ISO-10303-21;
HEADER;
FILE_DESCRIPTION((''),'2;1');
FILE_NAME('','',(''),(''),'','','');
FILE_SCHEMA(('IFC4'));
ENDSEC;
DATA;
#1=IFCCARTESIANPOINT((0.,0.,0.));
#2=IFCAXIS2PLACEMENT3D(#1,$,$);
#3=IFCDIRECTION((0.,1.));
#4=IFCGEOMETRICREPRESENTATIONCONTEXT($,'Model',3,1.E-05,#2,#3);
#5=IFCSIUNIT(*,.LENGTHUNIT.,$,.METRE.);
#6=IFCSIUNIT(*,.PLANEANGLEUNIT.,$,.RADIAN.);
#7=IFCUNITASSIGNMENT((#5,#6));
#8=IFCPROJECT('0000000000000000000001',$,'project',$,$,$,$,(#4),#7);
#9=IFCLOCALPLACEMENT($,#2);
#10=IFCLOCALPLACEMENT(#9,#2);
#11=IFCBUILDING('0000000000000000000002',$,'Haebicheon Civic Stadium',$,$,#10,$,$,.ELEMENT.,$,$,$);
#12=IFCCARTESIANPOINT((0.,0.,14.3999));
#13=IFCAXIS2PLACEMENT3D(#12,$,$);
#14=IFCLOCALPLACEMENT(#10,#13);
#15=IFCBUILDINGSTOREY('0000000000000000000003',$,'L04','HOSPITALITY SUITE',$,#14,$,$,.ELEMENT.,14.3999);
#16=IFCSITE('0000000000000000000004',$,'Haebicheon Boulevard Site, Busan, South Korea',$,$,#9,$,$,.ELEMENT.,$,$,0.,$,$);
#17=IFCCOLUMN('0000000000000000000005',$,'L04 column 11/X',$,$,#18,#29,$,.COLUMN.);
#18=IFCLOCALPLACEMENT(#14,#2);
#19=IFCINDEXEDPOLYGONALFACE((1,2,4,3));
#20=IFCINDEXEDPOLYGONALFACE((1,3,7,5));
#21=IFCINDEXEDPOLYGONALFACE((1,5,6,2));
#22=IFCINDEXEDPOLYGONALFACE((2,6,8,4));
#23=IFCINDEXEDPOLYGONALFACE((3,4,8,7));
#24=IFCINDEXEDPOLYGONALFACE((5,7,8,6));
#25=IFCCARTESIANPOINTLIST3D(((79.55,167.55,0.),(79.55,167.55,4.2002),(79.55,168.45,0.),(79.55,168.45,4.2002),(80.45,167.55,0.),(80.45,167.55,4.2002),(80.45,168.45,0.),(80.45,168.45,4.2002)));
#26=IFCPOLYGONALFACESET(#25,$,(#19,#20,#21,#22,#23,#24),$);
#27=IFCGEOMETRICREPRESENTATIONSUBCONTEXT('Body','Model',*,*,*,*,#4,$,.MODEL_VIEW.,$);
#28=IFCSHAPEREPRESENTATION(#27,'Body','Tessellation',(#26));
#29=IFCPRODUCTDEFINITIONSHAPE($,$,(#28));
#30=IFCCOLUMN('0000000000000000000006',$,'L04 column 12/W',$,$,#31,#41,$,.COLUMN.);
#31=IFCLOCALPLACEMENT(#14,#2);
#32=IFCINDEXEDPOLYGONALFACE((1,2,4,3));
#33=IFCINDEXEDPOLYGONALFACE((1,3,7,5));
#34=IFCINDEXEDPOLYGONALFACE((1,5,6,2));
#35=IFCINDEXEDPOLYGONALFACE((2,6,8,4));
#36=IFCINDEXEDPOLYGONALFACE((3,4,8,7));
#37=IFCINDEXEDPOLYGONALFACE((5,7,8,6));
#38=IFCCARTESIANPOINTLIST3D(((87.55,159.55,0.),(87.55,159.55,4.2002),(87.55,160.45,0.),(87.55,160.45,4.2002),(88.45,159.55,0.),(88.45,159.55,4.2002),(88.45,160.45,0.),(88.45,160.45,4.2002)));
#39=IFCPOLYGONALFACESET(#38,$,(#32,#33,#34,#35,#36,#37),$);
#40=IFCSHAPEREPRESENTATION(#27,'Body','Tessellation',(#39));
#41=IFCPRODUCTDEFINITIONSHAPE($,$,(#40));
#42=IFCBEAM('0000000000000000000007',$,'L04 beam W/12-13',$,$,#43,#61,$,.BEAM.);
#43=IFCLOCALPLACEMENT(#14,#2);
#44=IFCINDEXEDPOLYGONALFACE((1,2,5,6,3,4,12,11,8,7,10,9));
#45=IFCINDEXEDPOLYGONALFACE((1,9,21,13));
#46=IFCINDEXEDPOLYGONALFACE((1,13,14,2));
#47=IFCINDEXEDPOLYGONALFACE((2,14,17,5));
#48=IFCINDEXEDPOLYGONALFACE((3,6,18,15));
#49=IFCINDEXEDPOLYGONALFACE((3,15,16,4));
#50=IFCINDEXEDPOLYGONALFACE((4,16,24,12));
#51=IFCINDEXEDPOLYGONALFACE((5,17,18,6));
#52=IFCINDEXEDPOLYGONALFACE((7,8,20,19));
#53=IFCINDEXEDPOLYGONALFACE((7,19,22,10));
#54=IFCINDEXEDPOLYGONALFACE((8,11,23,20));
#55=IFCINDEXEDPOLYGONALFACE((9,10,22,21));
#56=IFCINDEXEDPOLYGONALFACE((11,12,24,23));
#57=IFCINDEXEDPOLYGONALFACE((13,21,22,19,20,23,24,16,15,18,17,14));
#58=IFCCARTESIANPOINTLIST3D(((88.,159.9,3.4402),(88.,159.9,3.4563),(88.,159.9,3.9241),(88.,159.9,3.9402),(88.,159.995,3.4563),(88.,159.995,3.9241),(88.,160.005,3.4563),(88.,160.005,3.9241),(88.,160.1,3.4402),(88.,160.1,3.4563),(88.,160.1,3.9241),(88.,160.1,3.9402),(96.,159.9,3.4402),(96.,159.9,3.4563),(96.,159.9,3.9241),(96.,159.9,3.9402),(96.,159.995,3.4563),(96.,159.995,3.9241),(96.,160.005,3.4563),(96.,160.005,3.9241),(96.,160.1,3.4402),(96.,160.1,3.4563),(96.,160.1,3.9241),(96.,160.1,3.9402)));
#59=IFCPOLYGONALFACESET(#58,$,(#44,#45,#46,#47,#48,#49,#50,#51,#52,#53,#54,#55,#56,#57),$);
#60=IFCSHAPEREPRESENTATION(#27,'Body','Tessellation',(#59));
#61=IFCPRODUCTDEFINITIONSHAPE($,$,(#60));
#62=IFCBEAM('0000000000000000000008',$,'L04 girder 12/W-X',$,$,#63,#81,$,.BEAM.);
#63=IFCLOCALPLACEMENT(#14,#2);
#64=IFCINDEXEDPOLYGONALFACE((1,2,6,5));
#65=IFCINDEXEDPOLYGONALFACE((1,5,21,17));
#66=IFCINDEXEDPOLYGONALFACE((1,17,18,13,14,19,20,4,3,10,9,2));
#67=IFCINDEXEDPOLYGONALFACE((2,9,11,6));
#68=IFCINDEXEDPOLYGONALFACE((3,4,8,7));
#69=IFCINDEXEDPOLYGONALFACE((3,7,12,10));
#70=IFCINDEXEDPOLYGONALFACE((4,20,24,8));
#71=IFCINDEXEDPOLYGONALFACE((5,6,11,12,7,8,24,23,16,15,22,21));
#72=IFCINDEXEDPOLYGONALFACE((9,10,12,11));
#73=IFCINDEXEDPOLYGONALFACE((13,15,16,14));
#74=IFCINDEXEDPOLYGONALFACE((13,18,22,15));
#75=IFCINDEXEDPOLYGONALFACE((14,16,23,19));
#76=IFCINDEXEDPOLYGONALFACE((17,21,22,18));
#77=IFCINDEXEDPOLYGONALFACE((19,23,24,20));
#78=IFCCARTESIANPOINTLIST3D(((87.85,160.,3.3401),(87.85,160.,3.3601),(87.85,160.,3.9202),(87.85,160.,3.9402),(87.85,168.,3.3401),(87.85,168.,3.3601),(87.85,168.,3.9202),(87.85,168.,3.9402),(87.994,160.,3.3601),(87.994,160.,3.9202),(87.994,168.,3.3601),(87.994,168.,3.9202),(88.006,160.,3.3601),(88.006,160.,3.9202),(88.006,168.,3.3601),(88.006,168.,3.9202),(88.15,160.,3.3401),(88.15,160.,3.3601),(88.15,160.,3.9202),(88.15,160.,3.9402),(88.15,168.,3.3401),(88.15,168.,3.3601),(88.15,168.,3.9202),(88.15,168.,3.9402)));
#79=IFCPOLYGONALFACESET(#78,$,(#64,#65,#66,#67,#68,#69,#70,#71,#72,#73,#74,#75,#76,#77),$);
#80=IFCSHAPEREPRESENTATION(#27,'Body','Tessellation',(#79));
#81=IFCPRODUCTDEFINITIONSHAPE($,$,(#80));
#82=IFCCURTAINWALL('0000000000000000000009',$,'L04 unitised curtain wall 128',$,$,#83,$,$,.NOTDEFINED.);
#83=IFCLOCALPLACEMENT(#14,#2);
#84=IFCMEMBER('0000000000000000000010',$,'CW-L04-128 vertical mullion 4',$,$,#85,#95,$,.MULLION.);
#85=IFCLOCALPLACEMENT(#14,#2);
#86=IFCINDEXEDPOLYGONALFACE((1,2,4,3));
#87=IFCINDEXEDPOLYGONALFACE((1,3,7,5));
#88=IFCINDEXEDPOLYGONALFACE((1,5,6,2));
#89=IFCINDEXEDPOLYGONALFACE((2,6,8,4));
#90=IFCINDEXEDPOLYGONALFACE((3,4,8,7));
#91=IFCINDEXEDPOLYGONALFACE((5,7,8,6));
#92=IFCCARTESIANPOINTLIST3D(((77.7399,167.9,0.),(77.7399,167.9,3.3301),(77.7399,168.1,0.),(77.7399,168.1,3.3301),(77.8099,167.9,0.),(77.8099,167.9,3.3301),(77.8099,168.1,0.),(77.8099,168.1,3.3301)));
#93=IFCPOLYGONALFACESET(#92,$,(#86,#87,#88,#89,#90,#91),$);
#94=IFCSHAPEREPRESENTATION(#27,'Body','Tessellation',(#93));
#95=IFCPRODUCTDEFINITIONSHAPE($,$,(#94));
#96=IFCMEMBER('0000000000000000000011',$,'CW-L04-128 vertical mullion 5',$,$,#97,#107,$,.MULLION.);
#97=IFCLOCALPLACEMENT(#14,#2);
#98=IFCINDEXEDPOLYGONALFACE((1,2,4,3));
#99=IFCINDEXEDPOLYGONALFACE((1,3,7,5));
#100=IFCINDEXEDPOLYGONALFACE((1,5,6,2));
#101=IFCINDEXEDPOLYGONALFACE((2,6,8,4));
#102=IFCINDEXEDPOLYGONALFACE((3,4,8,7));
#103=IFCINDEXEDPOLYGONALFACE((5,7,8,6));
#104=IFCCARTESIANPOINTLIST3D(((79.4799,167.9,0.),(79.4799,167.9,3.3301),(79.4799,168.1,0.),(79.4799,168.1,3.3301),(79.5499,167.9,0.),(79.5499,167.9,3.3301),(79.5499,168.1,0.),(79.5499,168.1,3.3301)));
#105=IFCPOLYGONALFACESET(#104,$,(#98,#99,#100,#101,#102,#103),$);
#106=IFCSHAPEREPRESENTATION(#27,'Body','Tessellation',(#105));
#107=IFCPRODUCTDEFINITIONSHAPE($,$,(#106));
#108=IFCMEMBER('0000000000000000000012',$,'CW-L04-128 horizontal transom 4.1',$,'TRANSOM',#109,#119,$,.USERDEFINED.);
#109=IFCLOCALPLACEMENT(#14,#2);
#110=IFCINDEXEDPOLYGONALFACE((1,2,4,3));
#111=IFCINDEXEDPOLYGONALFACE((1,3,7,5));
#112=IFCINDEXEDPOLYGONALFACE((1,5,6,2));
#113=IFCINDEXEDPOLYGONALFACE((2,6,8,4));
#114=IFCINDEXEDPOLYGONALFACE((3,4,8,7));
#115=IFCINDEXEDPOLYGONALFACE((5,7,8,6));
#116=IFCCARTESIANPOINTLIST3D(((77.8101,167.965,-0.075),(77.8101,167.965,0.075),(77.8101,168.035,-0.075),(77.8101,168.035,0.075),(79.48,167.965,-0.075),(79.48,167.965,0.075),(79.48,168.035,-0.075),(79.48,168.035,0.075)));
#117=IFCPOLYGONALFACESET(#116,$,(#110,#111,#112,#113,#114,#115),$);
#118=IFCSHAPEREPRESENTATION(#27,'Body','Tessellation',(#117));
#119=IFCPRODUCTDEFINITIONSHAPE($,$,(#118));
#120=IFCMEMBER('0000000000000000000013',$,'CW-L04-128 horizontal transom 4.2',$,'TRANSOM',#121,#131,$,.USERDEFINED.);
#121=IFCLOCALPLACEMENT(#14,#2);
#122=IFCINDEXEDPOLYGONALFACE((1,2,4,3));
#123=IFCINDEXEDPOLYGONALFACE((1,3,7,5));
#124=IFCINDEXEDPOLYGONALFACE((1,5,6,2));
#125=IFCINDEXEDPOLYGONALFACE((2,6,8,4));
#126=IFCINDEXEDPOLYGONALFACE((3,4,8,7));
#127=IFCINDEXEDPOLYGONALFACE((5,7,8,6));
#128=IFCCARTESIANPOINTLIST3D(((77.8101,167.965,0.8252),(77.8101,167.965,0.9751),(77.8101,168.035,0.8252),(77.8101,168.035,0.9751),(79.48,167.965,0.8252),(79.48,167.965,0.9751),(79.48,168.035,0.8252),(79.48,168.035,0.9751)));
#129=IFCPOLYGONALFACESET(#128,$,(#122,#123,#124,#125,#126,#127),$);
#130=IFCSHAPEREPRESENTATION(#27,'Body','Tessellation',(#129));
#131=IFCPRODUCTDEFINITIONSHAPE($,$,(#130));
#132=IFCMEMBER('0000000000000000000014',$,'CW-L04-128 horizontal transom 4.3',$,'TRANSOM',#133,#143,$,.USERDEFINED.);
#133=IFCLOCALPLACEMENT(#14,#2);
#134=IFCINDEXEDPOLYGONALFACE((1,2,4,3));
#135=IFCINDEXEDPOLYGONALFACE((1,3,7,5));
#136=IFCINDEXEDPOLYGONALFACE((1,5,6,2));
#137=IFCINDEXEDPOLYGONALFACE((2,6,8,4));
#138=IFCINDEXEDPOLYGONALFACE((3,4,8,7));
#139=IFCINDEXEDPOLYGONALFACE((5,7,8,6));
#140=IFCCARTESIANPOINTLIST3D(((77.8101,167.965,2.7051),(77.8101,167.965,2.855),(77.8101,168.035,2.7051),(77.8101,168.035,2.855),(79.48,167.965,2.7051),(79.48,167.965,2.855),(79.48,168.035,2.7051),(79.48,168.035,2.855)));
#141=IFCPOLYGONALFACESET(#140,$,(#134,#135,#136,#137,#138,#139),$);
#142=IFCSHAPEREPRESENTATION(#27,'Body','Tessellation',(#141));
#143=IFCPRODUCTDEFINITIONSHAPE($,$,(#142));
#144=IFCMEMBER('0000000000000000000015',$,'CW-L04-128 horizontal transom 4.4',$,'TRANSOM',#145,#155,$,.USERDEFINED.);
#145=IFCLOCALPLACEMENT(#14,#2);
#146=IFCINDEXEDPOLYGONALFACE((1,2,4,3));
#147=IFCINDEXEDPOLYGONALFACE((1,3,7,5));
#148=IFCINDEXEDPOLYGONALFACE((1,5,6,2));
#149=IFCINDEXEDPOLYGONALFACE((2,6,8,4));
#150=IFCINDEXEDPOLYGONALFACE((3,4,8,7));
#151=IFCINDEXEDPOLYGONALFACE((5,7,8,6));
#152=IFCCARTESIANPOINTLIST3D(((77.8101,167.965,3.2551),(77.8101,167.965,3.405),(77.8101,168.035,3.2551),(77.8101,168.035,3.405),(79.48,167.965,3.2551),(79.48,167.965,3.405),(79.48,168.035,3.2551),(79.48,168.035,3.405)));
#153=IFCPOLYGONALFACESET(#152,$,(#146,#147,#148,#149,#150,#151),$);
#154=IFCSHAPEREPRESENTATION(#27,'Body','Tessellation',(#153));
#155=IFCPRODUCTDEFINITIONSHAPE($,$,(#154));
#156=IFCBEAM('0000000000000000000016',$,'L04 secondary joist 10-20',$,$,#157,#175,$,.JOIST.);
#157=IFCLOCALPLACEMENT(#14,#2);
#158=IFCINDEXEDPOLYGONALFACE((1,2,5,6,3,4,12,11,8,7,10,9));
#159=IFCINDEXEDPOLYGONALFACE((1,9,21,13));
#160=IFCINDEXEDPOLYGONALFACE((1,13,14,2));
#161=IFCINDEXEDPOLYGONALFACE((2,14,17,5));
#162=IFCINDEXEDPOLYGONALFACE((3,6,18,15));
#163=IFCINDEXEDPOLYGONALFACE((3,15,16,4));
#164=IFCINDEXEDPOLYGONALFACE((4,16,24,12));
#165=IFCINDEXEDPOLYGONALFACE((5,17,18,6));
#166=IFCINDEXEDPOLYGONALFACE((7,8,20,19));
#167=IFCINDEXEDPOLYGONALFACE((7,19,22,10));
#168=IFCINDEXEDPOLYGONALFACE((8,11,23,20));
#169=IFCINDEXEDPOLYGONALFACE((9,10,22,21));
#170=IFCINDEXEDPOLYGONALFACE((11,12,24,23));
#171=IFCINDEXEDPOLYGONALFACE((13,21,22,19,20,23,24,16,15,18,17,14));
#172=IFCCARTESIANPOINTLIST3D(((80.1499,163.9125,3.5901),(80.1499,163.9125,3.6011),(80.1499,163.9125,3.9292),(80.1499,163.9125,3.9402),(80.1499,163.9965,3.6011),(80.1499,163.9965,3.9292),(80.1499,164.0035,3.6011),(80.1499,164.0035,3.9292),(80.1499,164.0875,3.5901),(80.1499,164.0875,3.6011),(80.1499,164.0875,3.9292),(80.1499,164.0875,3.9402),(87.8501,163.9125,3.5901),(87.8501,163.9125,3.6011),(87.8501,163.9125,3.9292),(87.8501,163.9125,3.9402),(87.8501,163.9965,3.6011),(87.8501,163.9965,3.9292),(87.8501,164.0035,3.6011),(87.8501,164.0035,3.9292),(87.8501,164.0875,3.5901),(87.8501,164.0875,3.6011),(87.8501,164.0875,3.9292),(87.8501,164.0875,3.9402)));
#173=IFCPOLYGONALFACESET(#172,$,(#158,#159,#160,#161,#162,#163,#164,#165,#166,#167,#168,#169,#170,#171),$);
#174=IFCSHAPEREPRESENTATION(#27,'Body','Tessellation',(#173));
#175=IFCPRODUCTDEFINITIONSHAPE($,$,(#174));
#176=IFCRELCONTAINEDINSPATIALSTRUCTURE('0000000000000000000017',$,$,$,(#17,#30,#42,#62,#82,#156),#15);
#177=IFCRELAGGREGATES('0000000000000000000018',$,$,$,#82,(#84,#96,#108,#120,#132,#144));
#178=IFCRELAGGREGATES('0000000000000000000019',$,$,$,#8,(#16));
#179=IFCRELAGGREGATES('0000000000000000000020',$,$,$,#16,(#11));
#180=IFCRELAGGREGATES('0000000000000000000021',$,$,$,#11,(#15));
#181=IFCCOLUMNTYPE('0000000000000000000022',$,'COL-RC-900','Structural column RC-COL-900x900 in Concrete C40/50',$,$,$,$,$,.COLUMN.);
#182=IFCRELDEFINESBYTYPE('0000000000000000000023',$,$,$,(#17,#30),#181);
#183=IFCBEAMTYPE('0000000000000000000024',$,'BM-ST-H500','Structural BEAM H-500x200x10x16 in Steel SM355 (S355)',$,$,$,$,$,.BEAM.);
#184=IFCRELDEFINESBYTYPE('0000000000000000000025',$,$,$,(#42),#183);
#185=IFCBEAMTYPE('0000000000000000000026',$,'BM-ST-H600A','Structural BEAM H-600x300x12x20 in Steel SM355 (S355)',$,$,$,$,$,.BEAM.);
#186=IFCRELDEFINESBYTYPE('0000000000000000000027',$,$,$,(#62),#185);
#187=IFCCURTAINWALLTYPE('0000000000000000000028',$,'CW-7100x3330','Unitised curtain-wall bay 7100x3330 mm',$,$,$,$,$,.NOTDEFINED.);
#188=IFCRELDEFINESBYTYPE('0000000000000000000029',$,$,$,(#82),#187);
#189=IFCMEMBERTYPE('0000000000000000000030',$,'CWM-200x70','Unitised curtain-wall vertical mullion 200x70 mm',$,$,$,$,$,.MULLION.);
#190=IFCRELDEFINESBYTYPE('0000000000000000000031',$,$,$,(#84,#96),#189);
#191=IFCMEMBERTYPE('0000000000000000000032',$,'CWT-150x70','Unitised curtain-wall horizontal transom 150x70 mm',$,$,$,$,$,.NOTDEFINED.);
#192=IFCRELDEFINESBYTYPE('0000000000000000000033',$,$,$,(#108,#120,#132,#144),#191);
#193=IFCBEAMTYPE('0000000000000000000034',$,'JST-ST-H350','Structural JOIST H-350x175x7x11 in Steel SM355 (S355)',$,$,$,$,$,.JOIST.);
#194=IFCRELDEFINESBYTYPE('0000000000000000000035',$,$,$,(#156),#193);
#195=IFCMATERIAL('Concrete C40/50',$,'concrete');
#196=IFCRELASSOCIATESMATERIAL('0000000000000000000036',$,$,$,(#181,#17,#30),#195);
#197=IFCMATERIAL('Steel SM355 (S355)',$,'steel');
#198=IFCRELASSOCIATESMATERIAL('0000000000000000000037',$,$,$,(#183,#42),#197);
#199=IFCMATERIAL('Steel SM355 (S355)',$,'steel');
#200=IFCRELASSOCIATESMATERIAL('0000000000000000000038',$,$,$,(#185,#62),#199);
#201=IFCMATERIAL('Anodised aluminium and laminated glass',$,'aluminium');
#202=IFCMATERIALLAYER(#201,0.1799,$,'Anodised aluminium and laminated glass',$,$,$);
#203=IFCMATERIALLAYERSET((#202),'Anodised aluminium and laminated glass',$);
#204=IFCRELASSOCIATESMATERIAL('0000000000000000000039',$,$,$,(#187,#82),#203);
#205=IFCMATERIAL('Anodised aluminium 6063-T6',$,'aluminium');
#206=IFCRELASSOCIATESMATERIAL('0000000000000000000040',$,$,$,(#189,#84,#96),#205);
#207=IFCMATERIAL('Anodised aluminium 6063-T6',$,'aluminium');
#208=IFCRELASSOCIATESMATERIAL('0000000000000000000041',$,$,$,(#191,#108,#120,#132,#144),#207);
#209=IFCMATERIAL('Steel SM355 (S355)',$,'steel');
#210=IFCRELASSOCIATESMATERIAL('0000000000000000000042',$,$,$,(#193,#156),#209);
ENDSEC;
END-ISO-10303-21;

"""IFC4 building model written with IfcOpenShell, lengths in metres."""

from ifc_helpers import new_model, si_unit, direction, frame, origin, origin_2d, place, context, subcontext, project, spatial, rectangle, i_section, extrude, material, layer, layer_set, material_profile, profile_set, type_object, element, aggregate, save


model = new_model("IFC4")

# Units and contexts
model_context = context("Model", 3, precision=1e-05, world=origin(), true_north=direction((0.0, 1.0)))
body_context = subcontext(model_context, "Body", "Model", "MODEL_VIEW")
ifc_project = project(units=[si_unit("LENGTHUNIT", "METRE"), si_unit("PLANEANGLEUNIT", "RADIAN")], contexts=[model_context])

# Site, building, storey
site_placement = place(None, origin())
site = spatial("IfcSite", under=ifc_project, at=site_placement, Name="Haebicheon Boulevard Site, Busan, South Korea", CompositionType="ELEMENT", RefElevation=0.0)
building_placement = place(site_placement, origin())
building = spatial("IfcBuilding", under=site, at=building_placement, Name="Haebicheon Civic Stadium", CompositionType="ELEMENT")
storey_placement = place(building_placement, frame((0.0, 0.0, 14.3999)))
storey = spatial("IfcBuildingStorey", under=building, at=storey_placement, Name="L04", Description="HOSPITALITY SUITE", CompositionType="ELEMENT", Elevation=14.3999)

# Columns
ifc_material_1 = material(Name="Concrete C40/50", Category="concrete")
ifc_material_profile_1 = material_profile(ifc_material_1, rectangle(XDim=0.8999, YDim=0.8999, at=origin_2d()), Name="RC-COL-900x900")
ifc_profile_set_1 = profile_set([ifc_material_profile_1], Name="Concrete C40/50")
column_type = type_object("IfcColumnType", Name="COL-RC-900", Description="Structural column RC-COL-900x900 in Concrete C40/50", PredefinedType="COLUMN", material=ifc_profile_set_1)
for number, where, z_axis, x_axis, name in (
    (1, (80.0, 168.0, 0.0), (0.0, 0.0, 1.0), (1.0, 0.0, 0.0), "L04 column 11/X"),
    (2, (88.0, 160.0, 0.0), (0.0, 0.0, 1.0), (1.0, 0.0, 0.0), "L04 column 12/W"),
):
    element("IfcColumn", number, at=place(storey_placement, frame(where, z_axis=z_axis, x_axis=x_axis)), inside=storey, type_object=column_type, material=ifc_profile_set_1, Name=name, PredefinedType="COLUMN", context=body_context, shape_type="SweptSolid", body=[
        extrude(rectangle(XDim=0.8999, YDim=0.8999, at=origin_2d()), origin(), (0.0, 0.0, 1.0), 4.2002),
    ])

# Beams
ifc_material_2 = material(Name="Steel SM355 (S355)", Category="steel")
ifc_material_profile_2 = material_profile(ifc_material_2, i_section(OverallWidth=0.2, OverallDepth=0.5, WebThickness=0.01, FlangeThickness=0.0161, at=origin_2d()), Name="H-500x200x10x16")
ifc_profile_set_2 = profile_set([ifc_material_profile_2], Name="Steel SM355 (S355)")
beam_type_1 = type_object("IfcBeamType", Name="BM-ST-H500", Description="Structural BEAM H-500x200x10x16 in Steel SM355 (S355)", PredefinedType="BEAM", material=ifc_profile_set_2)
beam_1_placement = place(storey_placement, frame((88.0, 160.0, 3.6902), z_axis=(1.0, 0.0, 0.0), x_axis=(0.0, 1.0, 0.0)))
element("IfcBeam", 3, at=beam_1_placement, inside=storey, type_object=beam_type_1, material=ifc_profile_set_2, Name="L04 beam W/12-13", PredefinedType="BEAM", context=body_context, shape_type="SweptSolid", body=[
    extrude(i_section(OverallWidth=0.2, OverallDepth=0.5, WebThickness=0.01, FlangeThickness=0.0161, at=origin_2d()), origin(), (0.0, 0.0, 1.0), 8.0),
])
ifc_material_3 = material(Name="Steel SM355 (S355)", Category="steel")
ifc_material_profile_3 = material_profile(ifc_material_3, i_section(OverallWidth=0.3, OverallDepth=0.6001, WebThickness=0.012, FlangeThickness=0.02, at=origin_2d()), Name="H-600x300x12x20")
ifc_profile_set_3 = profile_set([ifc_material_profile_3], Name="Steel SM355 (S355)")
beam_type_2 = type_object("IfcBeamType", Name="BM-ST-H600A", Description="Structural BEAM H-600x300x12x20 in Steel SM355 (S355)", PredefinedType="BEAM", material=ifc_profile_set_3)
beam_2_placement = place(storey_placement, frame((88.0, 160.0, 3.6401), z_axis=(0.0, 1.0, 0.0), x_axis=(-1.0, 0.0, 0.0)))
element("IfcBeam", 4, at=beam_2_placement, inside=storey, type_object=beam_type_2, material=ifc_profile_set_3, Name="L04 girder 12/W-X", PredefinedType="BEAM", context=body_context, shape_type="SweptSolid", body=[
    extrude(i_section(OverallWidth=0.3, OverallDepth=0.6001, WebThickness=0.012, FlangeThickness=0.02, at=origin_2d()), origin(), (0.0, 0.0, 1.0), 8.0),
])

# Curtain wall, members
ifc_material_4 = material(Name="Anodised aluminium and laminated glass", Category="aluminium")
ifc_layer_1 = layer(ifc_material_4, 0.1799, Name="Anodised aluminium and laminated glass")
ifc_layer_set_1 = layer_set([ifc_layer_1], Name="Anodised aluminium and laminated glass")
curtain_wall_type = type_object("IfcCurtainWallType", Name="CW-7100x3330", Description="Unitised curtain-wall bay 7100x3330 mm", PredefinedType="NOTDEFINED", material=ifc_layer_set_1)
curtain_wall_placement = place(storey_placement, origin())
curtain_wall = element("IfcCurtainWall", 5, at=curtain_wall_placement, inside=storey, type_object=curtain_wall_type, material=ifc_layer_set_1, Name="L04 unitised curtain wall 128", PredefinedType="NOTDEFINED")
ifc_material_5 = material(Name="Anodised aluminium 6063-T6", Category="aluminium")
ifc_material_profile_4 = material_profile(ifc_material_5, rectangle(XDim=0.0701, YDim=0.2, at=origin_2d()), Name="ALU-MULL-70x200")
ifc_profile_set_4 = profile_set([ifc_material_profile_4], Name="Anodised aluminium 6063-T6")
member_type_1 = type_object("IfcMemberType", Name="CWM-200x70", Description="Unitised curtain-wall vertical mullion 200x70 mm", PredefinedType="MULLION", material=ifc_profile_set_4)
member_1_placement = place(storey_placement, frame((77.7749, 168.0, 0.0), z_axis=(0.0, 0.0, 1.0), x_axis=(1.0, 0.0, 0.0)))
member_1 = element("IfcMember", 6, at=member_1_placement, type_object=member_type_1, material=ifc_profile_set_4, Name="CW-L04-128 vertical mullion 4", PredefinedType="MULLION", context=body_context, shape_type="SweptSolid", body=[
    extrude(rectangle(XDim=0.0701, YDim=0.2, at=origin_2d()), origin(), (0.0, 0.0, 1.0), 3.3301),
])
member_2_placement = place(storey_placement, frame((79.5149, 168.0, 0.0), z_axis=(0.0, 0.0, 1.0), x_axis=(1.0, 0.0, 0.0)))
member_2 = element("IfcMember", 7, at=member_2_placement, type_object=member_type_1, material=ifc_profile_set_4, Name="CW-L04-128 vertical mullion 5", PredefinedType="MULLION", context=body_context, shape_type="SweptSolid", body=[
    extrude(rectangle(XDim=0.0701, YDim=0.2, at=origin_2d()), origin(), (0.0, 0.0, 1.0), 3.3301),
])
ifc_material_6 = material(Name="Anodised aluminium 6063-T6", Category="aluminium")
ifc_material_profile_5 = material_profile(ifc_material_6, rectangle(XDim=0.0701, YDim=0.1499, at=origin_2d()), Name="ALU-TRAN-70x150")
ifc_profile_set_5 = profile_set([ifc_material_profile_5], Name="Anodised aluminium 6063-T6")
member_type_2 = type_object("IfcMemberType", Name="CWT-150x70", Description="Unitised curtain-wall horizontal transom 150x70 mm", PredefinedType="NOTDEFINED", material=ifc_profile_set_5)
member_3_placement = place(storey_placement, frame((77.8101, 168.0, 0.0), z_axis=(1.0, 0.0, 0.0), x_axis=(0.0, 1.0, 0.0)))
member_3 = element("IfcMember", 8, at=member_3_placement, type_object=member_type_2, material=ifc_profile_set_5, Name="CW-L04-128 horizontal transom 4.1", ObjectType="TRANSOM", PredefinedType="USERDEFINED", context=body_context, shape_type="SweptSolid", body=[
    extrude(rectangle(XDim=0.0701, YDim=0.1499, at=origin_2d()), origin(), (0.0, 0.0, 1.0), 1.6699),
])
member_4_placement = place(storey_placement, frame((77.8101, 168.0, 0.9001), z_axis=(1.0, 0.0, 0.0), x_axis=(0.0, 1.0, 0.0)))
member_4 = element("IfcMember", 9, at=member_4_placement, type_object=member_type_2, material=ifc_profile_set_5, Name="CW-L04-128 horizontal transom 4.2", ObjectType="TRANSOM", PredefinedType="USERDEFINED", context=body_context, shape_type="SweptSolid", body=[
    extrude(rectangle(XDim=0.0701, YDim=0.1499, at=origin_2d()), origin(), (0.0, 0.0, 1.0), 1.6699),
])
member_5_placement = place(storey_placement, frame((77.8101, 168.0, 2.78), z_axis=(1.0, 0.0, 0.0), x_axis=(0.0, 1.0, 0.0)))
member_5 = element("IfcMember", 10, at=member_5_placement, type_object=member_type_2, material=ifc_profile_set_5, Name="CW-L04-128 horizontal transom 4.3", ObjectType="TRANSOM", PredefinedType="USERDEFINED", context=body_context, shape_type="SweptSolid", body=[
    extrude(rectangle(XDim=0.0701, YDim=0.1499, at=origin_2d()), origin(), (0.0, 0.0, 1.0), 1.6699),
])
member_6_placement = place(storey_placement, frame((77.8101, 168.0, 3.3301), z_axis=(1.0, 0.0, 0.0), x_axis=(0.0, 1.0, 0.0)))
member_6 = element("IfcMember", 11, at=member_6_placement, type_object=member_type_2, material=ifc_profile_set_5, Name="CW-L04-128 horizontal transom 4.4", ObjectType="TRANSOM", PredefinedType="USERDEFINED", context=body_context, shape_type="SweptSolid", body=[
    extrude(rectangle(XDim=0.0701, YDim=0.1499, at=origin_2d()), origin(), (0.0, 0.0, 1.0), 1.6699),
])

# Beam
ifc_material_7 = material(Name="Steel SM355 (S355)", Category="steel")
ifc_material_profile_6 = material_profile(ifc_material_7, i_section(OverallWidth=0.175, OverallDepth=0.3501, WebThickness=0.0071, FlangeThickness=0.011, at=origin_2d()), Name="H-350x175x7x11")
ifc_profile_set_6 = profile_set([ifc_material_profile_6], Name="Steel SM355 (S355)")
beam_type_3 = type_object("IfcBeamType", Name="JST-ST-H350", Description="Structural JOIST H-350x175x7x11 in Steel SM355 (S355)", PredefinedType="JOIST", material=ifc_profile_set_6)
beam_3_placement = place(storey_placement, frame((80.1499, 164.0, 3.7651), z_axis=(1.0, 0.0, 0.0), x_axis=(0.0, 1.0, 0.0)))
element("IfcBeam", 12, at=beam_3_placement, inside=storey, type_object=beam_type_3, material=ifc_profile_set_6, Name="L04 secondary joist 10-20", PredefinedType="JOIST", context=body_context, shape_type="SweptSolid", body=[
    extrude(i_section(OverallWidth=0.175, OverallDepth=0.3501, WebThickness=0.0071, FlangeThickness=0.011, at=origin_2d()), origin(), (0.0, 0.0, 1.0), 7.7002),
])

aggregate(curtain_wall, [member_1, member_2, member_3, member_4, member_5, member_6])

save(model, "model.ifc")
